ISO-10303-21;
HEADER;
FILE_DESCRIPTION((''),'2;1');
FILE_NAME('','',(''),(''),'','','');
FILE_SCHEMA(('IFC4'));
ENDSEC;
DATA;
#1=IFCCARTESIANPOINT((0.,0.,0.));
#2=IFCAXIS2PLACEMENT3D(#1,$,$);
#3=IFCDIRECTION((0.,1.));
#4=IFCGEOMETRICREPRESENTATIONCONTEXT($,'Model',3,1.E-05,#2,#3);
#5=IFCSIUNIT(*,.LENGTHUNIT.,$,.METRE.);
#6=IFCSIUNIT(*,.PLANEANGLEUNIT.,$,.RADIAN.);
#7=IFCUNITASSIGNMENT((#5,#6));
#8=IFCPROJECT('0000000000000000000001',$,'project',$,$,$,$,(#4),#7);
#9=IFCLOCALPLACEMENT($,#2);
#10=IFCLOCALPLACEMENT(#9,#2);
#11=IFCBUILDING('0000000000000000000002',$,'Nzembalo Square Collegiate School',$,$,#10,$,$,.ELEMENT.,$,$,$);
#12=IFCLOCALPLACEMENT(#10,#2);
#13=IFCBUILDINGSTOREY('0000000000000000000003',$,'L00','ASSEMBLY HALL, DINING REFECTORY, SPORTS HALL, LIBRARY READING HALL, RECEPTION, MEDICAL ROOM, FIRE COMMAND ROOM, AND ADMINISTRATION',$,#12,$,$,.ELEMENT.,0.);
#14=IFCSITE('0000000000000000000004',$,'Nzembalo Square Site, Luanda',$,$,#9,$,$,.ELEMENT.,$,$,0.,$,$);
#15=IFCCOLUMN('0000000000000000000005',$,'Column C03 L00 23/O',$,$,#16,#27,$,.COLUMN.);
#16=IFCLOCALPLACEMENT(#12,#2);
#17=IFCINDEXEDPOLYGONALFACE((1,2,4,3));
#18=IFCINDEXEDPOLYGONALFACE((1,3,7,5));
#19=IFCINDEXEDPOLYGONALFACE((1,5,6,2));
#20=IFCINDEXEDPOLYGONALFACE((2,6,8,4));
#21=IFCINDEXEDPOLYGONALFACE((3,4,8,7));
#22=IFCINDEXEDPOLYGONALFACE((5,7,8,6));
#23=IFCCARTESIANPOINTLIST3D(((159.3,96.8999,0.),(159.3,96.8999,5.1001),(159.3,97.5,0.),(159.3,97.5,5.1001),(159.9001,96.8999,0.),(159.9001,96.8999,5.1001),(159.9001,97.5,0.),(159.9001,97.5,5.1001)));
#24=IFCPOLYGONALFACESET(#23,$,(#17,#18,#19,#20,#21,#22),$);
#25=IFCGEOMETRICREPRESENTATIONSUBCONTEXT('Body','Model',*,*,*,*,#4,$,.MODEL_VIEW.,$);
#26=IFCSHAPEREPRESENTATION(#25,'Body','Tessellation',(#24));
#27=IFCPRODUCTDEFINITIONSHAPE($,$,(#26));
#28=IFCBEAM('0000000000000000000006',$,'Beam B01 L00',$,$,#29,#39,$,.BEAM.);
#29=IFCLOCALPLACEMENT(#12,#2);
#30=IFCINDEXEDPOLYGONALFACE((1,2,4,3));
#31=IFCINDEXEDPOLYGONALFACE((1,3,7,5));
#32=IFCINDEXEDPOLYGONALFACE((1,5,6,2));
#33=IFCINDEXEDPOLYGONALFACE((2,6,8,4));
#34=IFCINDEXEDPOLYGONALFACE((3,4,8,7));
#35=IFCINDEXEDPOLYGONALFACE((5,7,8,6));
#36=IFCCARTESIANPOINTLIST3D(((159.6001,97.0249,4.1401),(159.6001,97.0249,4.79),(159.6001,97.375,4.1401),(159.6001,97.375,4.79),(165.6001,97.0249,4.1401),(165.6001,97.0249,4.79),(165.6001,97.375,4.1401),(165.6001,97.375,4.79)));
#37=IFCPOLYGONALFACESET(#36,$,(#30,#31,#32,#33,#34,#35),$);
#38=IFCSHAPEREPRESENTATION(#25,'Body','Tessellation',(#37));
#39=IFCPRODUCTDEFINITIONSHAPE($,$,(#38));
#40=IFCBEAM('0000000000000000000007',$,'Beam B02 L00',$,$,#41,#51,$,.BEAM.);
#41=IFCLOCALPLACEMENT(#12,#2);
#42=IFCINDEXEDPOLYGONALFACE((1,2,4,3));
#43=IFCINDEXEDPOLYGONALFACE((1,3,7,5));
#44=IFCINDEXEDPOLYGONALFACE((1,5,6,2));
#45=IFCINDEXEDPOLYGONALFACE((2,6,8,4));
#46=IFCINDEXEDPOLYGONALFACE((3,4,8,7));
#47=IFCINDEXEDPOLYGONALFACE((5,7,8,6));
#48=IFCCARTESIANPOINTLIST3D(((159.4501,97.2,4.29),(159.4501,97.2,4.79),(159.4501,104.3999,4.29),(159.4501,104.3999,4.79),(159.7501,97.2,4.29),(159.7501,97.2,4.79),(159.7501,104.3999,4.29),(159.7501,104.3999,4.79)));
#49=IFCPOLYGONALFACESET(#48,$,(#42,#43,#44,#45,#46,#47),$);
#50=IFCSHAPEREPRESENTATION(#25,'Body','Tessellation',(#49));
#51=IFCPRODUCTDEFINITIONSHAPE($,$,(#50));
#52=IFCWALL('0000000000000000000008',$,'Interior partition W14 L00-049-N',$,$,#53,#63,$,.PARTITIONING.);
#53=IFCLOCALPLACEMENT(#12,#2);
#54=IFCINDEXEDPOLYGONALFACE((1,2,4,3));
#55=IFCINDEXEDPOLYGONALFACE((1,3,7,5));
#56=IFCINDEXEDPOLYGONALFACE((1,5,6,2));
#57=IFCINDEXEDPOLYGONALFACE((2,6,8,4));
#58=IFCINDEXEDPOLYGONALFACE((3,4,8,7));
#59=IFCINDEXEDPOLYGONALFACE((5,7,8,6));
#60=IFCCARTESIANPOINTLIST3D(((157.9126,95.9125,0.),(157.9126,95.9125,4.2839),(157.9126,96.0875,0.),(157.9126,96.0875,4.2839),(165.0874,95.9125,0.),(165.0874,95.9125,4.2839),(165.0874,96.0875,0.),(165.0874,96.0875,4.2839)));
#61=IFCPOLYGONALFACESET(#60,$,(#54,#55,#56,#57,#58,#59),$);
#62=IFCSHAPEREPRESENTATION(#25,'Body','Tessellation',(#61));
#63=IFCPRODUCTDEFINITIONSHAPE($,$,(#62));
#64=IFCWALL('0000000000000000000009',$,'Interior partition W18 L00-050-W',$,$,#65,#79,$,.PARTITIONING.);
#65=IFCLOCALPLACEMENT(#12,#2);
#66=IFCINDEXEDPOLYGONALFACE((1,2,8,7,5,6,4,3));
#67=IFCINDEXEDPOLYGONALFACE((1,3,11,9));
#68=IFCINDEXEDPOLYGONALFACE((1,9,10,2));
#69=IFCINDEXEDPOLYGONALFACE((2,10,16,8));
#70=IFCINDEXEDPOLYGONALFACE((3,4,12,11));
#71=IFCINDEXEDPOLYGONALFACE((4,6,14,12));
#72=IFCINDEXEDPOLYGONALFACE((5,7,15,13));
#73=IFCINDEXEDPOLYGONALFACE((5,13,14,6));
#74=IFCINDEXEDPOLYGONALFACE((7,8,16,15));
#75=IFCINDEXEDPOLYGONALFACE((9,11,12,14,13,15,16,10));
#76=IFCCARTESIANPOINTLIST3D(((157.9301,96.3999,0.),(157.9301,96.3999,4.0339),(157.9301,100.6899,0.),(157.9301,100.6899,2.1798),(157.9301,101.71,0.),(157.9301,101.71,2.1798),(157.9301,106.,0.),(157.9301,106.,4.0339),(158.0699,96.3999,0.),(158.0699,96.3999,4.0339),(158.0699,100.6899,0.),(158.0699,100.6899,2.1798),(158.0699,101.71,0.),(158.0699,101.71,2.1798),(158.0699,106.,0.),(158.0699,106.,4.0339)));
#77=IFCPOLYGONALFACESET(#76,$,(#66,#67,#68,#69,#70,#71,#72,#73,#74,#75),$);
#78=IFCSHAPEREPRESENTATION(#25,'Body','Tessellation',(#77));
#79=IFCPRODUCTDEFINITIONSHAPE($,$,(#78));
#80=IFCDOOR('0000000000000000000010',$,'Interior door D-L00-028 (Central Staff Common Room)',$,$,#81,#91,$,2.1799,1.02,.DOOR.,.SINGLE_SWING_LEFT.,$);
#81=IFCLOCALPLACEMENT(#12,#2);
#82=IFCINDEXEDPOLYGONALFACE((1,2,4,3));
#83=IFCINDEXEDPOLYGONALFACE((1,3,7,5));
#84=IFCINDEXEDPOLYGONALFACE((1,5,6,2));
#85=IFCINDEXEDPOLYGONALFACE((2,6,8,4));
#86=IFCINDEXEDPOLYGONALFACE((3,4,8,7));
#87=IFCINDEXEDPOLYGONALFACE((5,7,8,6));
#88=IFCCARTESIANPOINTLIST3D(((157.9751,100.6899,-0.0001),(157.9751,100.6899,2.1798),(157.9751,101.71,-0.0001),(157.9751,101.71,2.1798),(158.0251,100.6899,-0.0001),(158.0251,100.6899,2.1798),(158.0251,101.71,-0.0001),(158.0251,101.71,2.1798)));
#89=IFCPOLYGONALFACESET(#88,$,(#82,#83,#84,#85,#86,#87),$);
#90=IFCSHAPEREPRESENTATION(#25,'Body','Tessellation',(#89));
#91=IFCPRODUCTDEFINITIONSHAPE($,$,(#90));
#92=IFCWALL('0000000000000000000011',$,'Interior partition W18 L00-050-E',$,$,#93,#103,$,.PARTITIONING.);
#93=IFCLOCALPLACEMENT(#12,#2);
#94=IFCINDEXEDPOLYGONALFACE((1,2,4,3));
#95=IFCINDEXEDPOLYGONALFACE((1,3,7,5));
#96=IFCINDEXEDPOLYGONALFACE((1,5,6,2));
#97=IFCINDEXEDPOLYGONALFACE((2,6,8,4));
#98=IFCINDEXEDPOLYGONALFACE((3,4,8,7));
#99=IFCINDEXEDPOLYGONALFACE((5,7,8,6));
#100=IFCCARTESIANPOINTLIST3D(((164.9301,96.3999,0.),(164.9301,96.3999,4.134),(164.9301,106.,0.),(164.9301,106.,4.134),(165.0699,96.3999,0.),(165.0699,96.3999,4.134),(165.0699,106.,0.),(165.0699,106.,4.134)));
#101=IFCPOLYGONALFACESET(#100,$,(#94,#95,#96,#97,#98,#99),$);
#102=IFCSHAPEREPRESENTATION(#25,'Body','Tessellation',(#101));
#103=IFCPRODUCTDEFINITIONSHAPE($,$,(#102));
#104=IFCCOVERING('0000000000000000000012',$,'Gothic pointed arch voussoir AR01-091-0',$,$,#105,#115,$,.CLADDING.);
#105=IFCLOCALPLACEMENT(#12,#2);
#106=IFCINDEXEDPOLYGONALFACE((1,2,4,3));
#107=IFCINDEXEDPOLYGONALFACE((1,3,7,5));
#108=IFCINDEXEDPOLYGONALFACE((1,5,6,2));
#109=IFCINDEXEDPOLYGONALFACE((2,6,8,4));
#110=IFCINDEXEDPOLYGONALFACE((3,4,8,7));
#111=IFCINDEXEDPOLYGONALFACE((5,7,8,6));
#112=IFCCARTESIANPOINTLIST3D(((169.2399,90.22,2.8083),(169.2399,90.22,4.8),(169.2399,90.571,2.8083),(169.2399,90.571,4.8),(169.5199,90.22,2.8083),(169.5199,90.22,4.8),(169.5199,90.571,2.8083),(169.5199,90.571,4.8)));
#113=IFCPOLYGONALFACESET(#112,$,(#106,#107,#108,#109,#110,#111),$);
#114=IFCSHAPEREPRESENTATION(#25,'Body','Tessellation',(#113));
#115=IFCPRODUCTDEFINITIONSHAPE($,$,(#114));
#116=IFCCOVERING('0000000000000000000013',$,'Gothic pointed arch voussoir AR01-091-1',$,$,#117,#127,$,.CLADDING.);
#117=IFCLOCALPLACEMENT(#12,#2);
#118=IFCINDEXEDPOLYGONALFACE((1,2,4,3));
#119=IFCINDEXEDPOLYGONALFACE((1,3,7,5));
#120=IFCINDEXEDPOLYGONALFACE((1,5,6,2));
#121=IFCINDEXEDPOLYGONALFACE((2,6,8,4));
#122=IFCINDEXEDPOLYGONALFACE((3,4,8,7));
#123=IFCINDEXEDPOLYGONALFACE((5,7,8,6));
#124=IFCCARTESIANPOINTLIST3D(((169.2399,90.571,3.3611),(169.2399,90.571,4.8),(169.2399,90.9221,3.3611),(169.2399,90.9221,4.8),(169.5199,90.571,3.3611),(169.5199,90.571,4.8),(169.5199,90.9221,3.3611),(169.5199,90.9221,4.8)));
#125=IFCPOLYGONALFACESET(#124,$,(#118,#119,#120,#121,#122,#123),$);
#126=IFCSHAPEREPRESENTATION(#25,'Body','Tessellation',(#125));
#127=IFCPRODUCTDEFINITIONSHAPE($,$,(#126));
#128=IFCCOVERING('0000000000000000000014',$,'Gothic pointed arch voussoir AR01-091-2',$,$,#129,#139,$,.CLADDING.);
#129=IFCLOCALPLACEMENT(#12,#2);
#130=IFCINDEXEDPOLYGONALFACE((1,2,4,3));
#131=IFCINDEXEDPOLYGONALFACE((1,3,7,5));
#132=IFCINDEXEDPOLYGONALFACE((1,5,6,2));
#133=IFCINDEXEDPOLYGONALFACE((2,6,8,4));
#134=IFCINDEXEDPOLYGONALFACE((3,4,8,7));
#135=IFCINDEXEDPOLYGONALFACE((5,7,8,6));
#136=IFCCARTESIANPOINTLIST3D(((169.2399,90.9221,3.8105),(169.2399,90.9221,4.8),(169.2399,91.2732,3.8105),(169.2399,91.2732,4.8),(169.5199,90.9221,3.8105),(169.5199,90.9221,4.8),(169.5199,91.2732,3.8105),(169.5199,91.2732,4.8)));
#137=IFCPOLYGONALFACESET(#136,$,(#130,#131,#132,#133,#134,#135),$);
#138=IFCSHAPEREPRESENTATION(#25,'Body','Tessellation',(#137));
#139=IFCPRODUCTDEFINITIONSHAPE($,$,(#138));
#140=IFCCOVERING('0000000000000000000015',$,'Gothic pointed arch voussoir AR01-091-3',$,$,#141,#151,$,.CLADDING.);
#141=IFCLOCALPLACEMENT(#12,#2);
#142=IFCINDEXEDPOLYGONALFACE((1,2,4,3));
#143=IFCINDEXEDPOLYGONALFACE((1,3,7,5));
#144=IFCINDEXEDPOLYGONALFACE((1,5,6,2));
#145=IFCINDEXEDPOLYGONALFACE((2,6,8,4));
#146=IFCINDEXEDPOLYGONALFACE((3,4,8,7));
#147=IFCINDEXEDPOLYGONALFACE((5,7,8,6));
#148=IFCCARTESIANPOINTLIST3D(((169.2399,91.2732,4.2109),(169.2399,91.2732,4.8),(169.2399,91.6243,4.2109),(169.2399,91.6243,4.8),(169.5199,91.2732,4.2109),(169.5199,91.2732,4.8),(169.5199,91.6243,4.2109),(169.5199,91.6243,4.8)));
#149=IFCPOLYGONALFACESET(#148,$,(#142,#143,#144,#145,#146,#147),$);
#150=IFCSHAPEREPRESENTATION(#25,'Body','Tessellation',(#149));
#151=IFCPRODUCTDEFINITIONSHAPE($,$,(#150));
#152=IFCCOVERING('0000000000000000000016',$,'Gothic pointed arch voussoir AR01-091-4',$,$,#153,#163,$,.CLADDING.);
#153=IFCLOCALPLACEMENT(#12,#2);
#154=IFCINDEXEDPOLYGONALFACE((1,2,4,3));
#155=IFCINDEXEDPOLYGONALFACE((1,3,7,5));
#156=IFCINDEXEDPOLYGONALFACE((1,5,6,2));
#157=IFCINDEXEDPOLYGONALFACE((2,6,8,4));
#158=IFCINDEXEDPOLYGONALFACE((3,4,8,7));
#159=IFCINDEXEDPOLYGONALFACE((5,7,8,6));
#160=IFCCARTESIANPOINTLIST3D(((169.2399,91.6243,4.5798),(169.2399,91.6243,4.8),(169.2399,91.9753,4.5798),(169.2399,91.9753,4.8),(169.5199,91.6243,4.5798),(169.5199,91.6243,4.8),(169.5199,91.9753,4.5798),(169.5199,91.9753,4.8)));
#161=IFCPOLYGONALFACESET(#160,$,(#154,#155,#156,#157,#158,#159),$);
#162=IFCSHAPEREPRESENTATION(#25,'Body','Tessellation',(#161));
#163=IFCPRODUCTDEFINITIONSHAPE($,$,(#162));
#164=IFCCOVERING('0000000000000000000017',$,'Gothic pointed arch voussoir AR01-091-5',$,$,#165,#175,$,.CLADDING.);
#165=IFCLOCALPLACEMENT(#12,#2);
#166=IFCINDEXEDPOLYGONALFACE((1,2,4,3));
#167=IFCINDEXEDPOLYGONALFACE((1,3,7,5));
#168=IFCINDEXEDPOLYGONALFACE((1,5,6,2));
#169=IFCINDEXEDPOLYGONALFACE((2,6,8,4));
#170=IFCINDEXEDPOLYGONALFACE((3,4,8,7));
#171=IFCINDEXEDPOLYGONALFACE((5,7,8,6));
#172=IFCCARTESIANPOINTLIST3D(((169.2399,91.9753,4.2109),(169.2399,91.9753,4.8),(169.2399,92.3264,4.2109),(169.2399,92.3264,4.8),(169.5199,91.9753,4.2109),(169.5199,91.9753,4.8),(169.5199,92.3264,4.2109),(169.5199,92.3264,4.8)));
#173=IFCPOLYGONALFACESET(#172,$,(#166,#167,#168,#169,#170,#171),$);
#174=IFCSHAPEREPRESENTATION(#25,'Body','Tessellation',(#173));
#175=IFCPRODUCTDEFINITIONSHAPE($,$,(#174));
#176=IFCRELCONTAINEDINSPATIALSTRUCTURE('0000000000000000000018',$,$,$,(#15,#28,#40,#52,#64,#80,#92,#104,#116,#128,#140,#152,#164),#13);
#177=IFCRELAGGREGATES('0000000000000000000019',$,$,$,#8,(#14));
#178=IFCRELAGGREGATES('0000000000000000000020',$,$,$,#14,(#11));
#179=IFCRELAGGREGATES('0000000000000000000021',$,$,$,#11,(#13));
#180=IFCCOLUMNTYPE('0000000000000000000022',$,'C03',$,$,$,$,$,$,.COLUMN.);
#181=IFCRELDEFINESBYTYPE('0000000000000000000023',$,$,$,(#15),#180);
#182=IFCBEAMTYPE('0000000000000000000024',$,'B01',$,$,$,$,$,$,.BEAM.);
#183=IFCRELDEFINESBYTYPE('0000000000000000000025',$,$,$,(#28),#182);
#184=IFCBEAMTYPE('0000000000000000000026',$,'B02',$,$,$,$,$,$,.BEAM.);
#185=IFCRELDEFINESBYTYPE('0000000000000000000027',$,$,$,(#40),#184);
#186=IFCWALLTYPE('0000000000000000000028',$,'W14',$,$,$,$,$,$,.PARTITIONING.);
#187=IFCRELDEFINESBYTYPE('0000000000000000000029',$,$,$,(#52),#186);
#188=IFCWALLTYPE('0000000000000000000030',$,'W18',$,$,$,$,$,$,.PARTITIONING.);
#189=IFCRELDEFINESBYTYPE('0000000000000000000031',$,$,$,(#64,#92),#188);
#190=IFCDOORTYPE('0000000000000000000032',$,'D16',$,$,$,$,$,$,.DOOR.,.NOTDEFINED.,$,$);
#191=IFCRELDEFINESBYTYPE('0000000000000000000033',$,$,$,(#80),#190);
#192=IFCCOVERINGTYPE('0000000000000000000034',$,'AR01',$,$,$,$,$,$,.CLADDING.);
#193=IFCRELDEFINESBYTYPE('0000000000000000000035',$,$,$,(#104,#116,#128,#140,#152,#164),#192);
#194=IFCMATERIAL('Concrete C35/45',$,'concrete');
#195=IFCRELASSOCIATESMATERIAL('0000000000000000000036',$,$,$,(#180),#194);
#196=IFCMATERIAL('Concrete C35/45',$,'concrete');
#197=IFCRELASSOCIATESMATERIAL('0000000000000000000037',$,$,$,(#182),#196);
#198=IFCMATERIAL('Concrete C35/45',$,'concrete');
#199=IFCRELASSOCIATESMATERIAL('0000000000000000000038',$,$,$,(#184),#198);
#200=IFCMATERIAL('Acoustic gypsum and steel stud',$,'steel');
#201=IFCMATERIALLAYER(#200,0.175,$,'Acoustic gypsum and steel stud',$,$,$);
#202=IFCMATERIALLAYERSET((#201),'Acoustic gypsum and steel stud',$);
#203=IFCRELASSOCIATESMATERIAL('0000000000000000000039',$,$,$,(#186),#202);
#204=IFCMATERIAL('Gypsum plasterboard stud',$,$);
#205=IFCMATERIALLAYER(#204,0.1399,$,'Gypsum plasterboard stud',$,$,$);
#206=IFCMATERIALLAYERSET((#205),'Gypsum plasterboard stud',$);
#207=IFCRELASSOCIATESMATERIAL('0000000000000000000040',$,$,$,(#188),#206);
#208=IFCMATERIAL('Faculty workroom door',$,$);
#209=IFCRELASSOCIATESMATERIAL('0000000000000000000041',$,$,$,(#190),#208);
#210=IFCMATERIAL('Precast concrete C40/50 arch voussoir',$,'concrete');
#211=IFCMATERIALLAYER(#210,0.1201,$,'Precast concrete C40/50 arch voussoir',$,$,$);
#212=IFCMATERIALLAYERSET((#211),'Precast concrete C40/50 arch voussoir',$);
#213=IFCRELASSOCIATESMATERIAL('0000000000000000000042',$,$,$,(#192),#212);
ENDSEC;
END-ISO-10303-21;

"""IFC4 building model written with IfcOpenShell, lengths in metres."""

from ifc_helpers import new_model, si_unit, direction, frame, frame_2d, origin, origin_2d, place, context, subcontext, project, spatial, rectangle, extrude, material, layer, layer_set, material_profile, profile_set, type_object, element, fill, save


model = new_model("IFC4")

# Units and contexts
model_context = context("Model", 3, precision=1e-05, world=origin(), true_north=direction((0.0, 1.0)))
body_context = subcontext(model_context, "Body", "Model", "MODEL_VIEW")
ifc_project = project(units=[si_unit("LENGTHUNIT", "METRE"), si_unit("PLANEANGLEUNIT", "RADIAN")], contexts=[model_context])

# Site, building, storey
site_placement = place(None, origin())
site = spatial("IfcSite", under=ifc_project, at=site_placement, Name="Nzembalo Square Site, Luanda", CompositionType="ELEMENT", RefElevation=0.0)
building_placement = place(site_placement, origin())
building = spatial("IfcBuilding", under=site, at=building_placement, Name="Nzembalo Square Collegiate School", CompositionType="ELEMENT")
storey_placement = place(building_placement, origin())
storey = spatial("IfcBuildingStorey", under=building, at=storey_placement, Name="L00", Description="ASSEMBLY HALL, DINING REFECTORY, SPORTS HALL, LIBRARY READING HALL, RECEPTION, MEDICAL ROOM, FIRE COMMAND ROOM, AND ADMINISTRATION", CompositionType="ELEMENT", Elevation=0.0)

# Column
ifc_material_1 = material(Name="Concrete C35/45", Category="concrete")
ifc_material_profile_1 = material_profile(ifc_material_1, rectangle(XDim=0.6001, YDim=0.6001, at=origin_2d()), Name="RC 600x600")
ifc_profile_set_1 = profile_set([ifc_material_profile_1], Name="Concrete C35/45")
column_type = type_object("IfcColumnType", Name="C03", PredefinedType="COLUMN", material=ifc_profile_set_1)
column_placement = place(storey_placement, frame((159.6001, 97.2, 0.0), z_axis=(0.0, 0.0, 1.0), x_axis=(1.0, 0.0, 0.0)))
element("IfcColumn", 1, at=column_placement, inside=storey, type_object=column_type, Name="Column C03 L00 23/O", PredefinedType="COLUMN", context=body_context, shape_type="SweptSolid", body=[
    extrude(rectangle(XDim=0.6001, YDim=0.6001, at=origin_2d()), origin(), (0.0, 0.0, 1.0), 5.1001),
])

# Beams
ifc_material_2 = material(Name="Concrete C35/45", Category="concrete")
ifc_material_profile_2 = material_profile(ifc_material_2, rectangle(XDim=0.3501, YDim=0.6499, at=origin_2d()), Name="RC 350x650")
ifc_profile_set_2 = profile_set([ifc_material_profile_2], Name="Concrete C35/45")
beam_type_1 = type_object("IfcBeamType", Name="B01", PredefinedType="BEAM", material=ifc_profile_set_2)
beam_1_placement = place(storey_placement, frame((159.6001, 97.2, 4.4651), z_axis=(1.0, 0.0, 0.0), x_axis=(0.0, 1.0, 0.0)))
element("IfcBeam", 2, at=beam_1_placement, inside=storey, type_object=beam_type_1, Name="Beam B01 L00", PredefinedType="BEAM", context=body_context, shape_type="SweptSolid", body=[
    extrude(rectangle(XDim=0.3501, YDim=0.6499, at=origin_2d()), origin(), (0.0, 0.0, 1.0), 6.0),
])
ifc_material_3 = material(Name="Concrete C35/45", Category="concrete")
ifc_material_profile_3 = material_profile(ifc_material_3, rectangle(XDim=0.3, YDim=0.5, at=origin_2d()), Name="RC 300x500")
ifc_profile_set_3 = profile_set([ifc_material_profile_3], Name="Concrete C35/45")
beam_type_2 = type_object("IfcBeamType", Name="B02", PredefinedType="BEAM", material=ifc_profile_set_3)
beam_2_placement = place(storey_placement, frame((159.6001, 97.2, 4.54), z_axis=(0.0, 1.0, 0.0), x_axis=(-1.0, 0.0, 0.0)))
element("IfcBeam", 3, at=beam_2_placement, inside=storey, type_object=beam_type_2, Name="Beam B02 L00", PredefinedType="BEAM", context=body_context, shape_type="SweptSolid", body=[
    extrude(rectangle(XDim=0.3, YDim=0.5, at=origin_2d()), origin(), (0.0, 0.0, 1.0), 7.2),
])

# Wall
ifc_material_4 = material(Name="Acoustic gypsum and steel stud", Category="steel")
ifc_layer_1 = layer(ifc_material_4, 0.175, Name="Acoustic gypsum and steel stud")
ifc_layer_set_1 = layer_set([ifc_layer_1], Name="Acoustic gypsum and steel stud")
wall_type_1 = type_object("IfcWallType", Name="W14", PredefinedType="PARTITIONING", material=ifc_layer_set_1)
wall_1_placement = place(storey_placement, frame((157.9126, 96.0, 0.0), z_axis=(0.0, 0.0, 1.0), x_axis=(1.0, 0.0, 0.0)))
element("IfcWall", 4, at=wall_1_placement, inside=storey, type_object=wall_type_1, Name="Interior partition W14 L00-049-N", PredefinedType="PARTITIONING", context=body_context, shape_type="SweptSolid", body=[
    extrude(rectangle(XDim=7.1748, YDim=0.175, at=frame_2d((3.5874, 0.0))), origin(), (0.0, 0.0, 1.0), 4.2839),
])

# Wall, opening, door
ifc_material_5 = material(Name="Gypsum plasterboard stud")
ifc_layer_2 = layer(ifc_material_5, 0.1399, Name="Gypsum plasterboard stud")
ifc_layer_set_2 = layer_set([ifc_layer_2], Name="Gypsum plasterboard stud")
wall_type_2 = type_object("IfcWallType", Name="W18", PredefinedType="PARTITIONING", material=ifc_layer_set_2)
wall_2_placement = place(storey_placement, frame((158.0, 96.3999, 0.0), z_axis=(0.0, 0.0, 1.0), x_axis=(0.0, 1.0, 0.0)))
wall_2 = element("IfcWall", 5, at=wall_2_placement, inside=storey, type_object=wall_type_2, Name="Interior partition W18 L00-050-W", PredefinedType="PARTITIONING", context=body_context, shape_type="SweptSolid", body=[
    extrude(rectangle(XDim=9.6001, YDim=0.1399, at=frame_2d((4.8, 0.0))), origin(), (0.0, 0.0, 1.0), 4.0339),
])
opening_placement = place(wall_2_placement, frame((4.29, 0.0, 0.0)))
opening = element("IfcOpeningElement", 6, at=opening_placement, cuts=wall_2, PredefinedType="OPENING", context=body_context, shape_type="SweptSolid", body=[
    extrude(rectangle(XDim=1.02, YDim=2.1799, at=frame_2d((0.51, 1.0898))), frame((0.0, 0.0801, 0.0), z_axis=(0.0, -1.0, 0.0), x_axis=(1.0, 0.0, 0.0)), (0.0, 0.0, 1.0), 0.1599),
])
ifc_material_6 = material(Name="Faculty workroom door")
door_type = type_object("IfcDoorType", Name="D16", OperationType="NOTDEFINED", PredefinedType="DOOR", material=ifc_material_6)
door_placement = place(opening_placement, origin())
door = element("IfcDoor", 7, at=door_placement, inside=storey, type_object=door_type, Name="Interior door D-L00-028 (Central Staff Common Room)", OperationType="SINGLE_SWING_LEFT", OverallHeight=2.1799, OverallWidth=1.02, PredefinedType="DOOR", context=body_context, shape_type="SweptSolid", body=[
    extrude(rectangle(XDim=1.02, YDim=2.1799, at=frame_2d((0.51, 1.0898))), frame((0.0, 0.0249, 0.0), z_axis=(0.0, -1.0, 0.0), x_axis=(1.0, 0.0, 0.0)), (0.0, 0.0, 1.0), 0.05),
])
fill(opening, door)

# Wall
wall_3_placement = place(storey_placement, frame((165.0, 96.3999, 0.0), z_axis=(0.0, 0.0, 1.0), x_axis=(0.0, 1.0, 0.0)))
element("IfcWall", 8, at=wall_3_placement, inside=storey, type_object=wall_type_2, Name="Interior partition W18 L00-050-E", PredefinedType="PARTITIONING", context=body_context, shape_type="SweptSolid", body=[
    extrude(rectangle(XDim=9.6001, YDim=0.1399, at=frame_2d((4.8, 0.0))), origin(), (0.0, 0.0, 1.0), 4.134),
])

# Coverings
ifc_material_7 = material(Name="Precast concrete C40/50 arch voussoir", Category="concrete")
ifc_layer_3 = layer(ifc_material_7, 0.1201, Name="Precast concrete C40/50 arch voussoir")
ifc_layer_set_3 = layer_set([ifc_layer_3], Name="Precast concrete C40/50 arch voussoir")
covering_type = type_object("IfcCoveringType", Name="AR01", PredefinedType="CLADDING", material=ifc_layer_set_3)
covering_1_placement = place(storey_placement, frame((169.3799, 90.3955, 2.8083), z_axis=(0.0, 0.0, 1.0), x_axis=(1.0, 0.0, 0.0)))
element("IfcCovering", 9, at=covering_1_placement, inside=storey, type_object=covering_type, Name="Gothic pointed arch voussoir AR01-091-0", PredefinedType="CLADDING", context=body_context, shape_type="SweptSolid", body=[
    extrude(rectangle(XDim=0.28, YDim=0.3511, at=origin_2d()), origin(), (0.0, 0.0, 1.0), 1.9917),
])
covering_2_placement = place(storey_placement, frame((169.3799, 90.7466, 3.3611), z_axis=(0.0, 0.0, 1.0), x_axis=(1.0, 0.0, 0.0)))
element("IfcCovering", 10, at=covering_2_placement, inside=storey, type_object=covering_type, Name="Gothic pointed arch voussoir AR01-091-1", PredefinedType="CLADDING", context=body_context, shape_type="SweptSolid", body=[
    extrude(rectangle(XDim=0.28, YDim=0.3511, at=origin_2d()), origin(), (0.0, 0.0, 1.0), 1.439),
])
covering_3_placement = place(storey_placement, frame((169.3799, 91.0977, 3.8105), z_axis=(0.0, 0.0, 1.0), x_axis=(1.0, 0.0, 0.0)))
element("IfcCovering", 11, at=covering_3_placement, inside=storey, type_object=covering_type, Name="Gothic pointed arch voussoir AR01-091-2", PredefinedType="CLADDING", context=body_context, shape_type="SweptSolid", body=[
    extrude(rectangle(XDim=0.28, YDim=0.3511, at=origin_2d()), origin(), (0.0, 0.0, 1.0), 0.9895),
])
covering_4_placement = place(storey_placement, frame((169.3799, 91.4487, 4.2109), z_axis=(0.0, 0.0, 1.0), x_axis=(1.0, 0.0, 0.0)))
element("IfcCovering", 12, at=covering_4_placement, inside=storey, type_object=covering_type, Name="Gothic pointed arch voussoir AR01-091-3", PredefinedType="CLADDING", context=body_context, shape_type="SweptSolid", body=[
    extrude(rectangle(XDim=0.28, YDim=0.3511, at=origin_2d()), origin(), (0.0, 0.0, 1.0), 0.5891),
])
covering_5_placement = place(storey_placement, frame((169.3799, 91.7998, 4.5798), z_axis=(0.0, 0.0, 1.0), x_axis=(1.0, 0.0, 0.0)))
element("IfcCovering", 13, at=covering_5_placement, inside=storey, type_object=covering_type, Name="Gothic pointed arch voussoir AR01-091-4", PredefinedType="CLADDING", context=body_context, shape_type="SweptSolid", body=[
    extrude(rectangle(XDim=0.28, YDim=0.3511, at=origin_2d()), origin(), (0.0, 0.0, 1.0), 0.2202),
])
covering_6_placement = place(storey_placement, frame((169.3799, 92.1509, 4.2109), z_axis=(0.0, 0.0, 1.0), x_axis=(1.0, 0.0, 0.0)))
element("IfcCovering", 14, at=covering_6_placement, inside=storey, type_object=covering_type, Name="Gothic pointed arch voussoir AR01-091-5", PredefinedType="CLADDING", context=body_context, shape_type="SweptSolid", body=[
    extrude(rectangle(XDim=0.28, YDim=0.3511, at=origin_2d()), origin(), (0.0, 0.0, 1.0), 0.5891),
])

save(model, "model.ifc")
